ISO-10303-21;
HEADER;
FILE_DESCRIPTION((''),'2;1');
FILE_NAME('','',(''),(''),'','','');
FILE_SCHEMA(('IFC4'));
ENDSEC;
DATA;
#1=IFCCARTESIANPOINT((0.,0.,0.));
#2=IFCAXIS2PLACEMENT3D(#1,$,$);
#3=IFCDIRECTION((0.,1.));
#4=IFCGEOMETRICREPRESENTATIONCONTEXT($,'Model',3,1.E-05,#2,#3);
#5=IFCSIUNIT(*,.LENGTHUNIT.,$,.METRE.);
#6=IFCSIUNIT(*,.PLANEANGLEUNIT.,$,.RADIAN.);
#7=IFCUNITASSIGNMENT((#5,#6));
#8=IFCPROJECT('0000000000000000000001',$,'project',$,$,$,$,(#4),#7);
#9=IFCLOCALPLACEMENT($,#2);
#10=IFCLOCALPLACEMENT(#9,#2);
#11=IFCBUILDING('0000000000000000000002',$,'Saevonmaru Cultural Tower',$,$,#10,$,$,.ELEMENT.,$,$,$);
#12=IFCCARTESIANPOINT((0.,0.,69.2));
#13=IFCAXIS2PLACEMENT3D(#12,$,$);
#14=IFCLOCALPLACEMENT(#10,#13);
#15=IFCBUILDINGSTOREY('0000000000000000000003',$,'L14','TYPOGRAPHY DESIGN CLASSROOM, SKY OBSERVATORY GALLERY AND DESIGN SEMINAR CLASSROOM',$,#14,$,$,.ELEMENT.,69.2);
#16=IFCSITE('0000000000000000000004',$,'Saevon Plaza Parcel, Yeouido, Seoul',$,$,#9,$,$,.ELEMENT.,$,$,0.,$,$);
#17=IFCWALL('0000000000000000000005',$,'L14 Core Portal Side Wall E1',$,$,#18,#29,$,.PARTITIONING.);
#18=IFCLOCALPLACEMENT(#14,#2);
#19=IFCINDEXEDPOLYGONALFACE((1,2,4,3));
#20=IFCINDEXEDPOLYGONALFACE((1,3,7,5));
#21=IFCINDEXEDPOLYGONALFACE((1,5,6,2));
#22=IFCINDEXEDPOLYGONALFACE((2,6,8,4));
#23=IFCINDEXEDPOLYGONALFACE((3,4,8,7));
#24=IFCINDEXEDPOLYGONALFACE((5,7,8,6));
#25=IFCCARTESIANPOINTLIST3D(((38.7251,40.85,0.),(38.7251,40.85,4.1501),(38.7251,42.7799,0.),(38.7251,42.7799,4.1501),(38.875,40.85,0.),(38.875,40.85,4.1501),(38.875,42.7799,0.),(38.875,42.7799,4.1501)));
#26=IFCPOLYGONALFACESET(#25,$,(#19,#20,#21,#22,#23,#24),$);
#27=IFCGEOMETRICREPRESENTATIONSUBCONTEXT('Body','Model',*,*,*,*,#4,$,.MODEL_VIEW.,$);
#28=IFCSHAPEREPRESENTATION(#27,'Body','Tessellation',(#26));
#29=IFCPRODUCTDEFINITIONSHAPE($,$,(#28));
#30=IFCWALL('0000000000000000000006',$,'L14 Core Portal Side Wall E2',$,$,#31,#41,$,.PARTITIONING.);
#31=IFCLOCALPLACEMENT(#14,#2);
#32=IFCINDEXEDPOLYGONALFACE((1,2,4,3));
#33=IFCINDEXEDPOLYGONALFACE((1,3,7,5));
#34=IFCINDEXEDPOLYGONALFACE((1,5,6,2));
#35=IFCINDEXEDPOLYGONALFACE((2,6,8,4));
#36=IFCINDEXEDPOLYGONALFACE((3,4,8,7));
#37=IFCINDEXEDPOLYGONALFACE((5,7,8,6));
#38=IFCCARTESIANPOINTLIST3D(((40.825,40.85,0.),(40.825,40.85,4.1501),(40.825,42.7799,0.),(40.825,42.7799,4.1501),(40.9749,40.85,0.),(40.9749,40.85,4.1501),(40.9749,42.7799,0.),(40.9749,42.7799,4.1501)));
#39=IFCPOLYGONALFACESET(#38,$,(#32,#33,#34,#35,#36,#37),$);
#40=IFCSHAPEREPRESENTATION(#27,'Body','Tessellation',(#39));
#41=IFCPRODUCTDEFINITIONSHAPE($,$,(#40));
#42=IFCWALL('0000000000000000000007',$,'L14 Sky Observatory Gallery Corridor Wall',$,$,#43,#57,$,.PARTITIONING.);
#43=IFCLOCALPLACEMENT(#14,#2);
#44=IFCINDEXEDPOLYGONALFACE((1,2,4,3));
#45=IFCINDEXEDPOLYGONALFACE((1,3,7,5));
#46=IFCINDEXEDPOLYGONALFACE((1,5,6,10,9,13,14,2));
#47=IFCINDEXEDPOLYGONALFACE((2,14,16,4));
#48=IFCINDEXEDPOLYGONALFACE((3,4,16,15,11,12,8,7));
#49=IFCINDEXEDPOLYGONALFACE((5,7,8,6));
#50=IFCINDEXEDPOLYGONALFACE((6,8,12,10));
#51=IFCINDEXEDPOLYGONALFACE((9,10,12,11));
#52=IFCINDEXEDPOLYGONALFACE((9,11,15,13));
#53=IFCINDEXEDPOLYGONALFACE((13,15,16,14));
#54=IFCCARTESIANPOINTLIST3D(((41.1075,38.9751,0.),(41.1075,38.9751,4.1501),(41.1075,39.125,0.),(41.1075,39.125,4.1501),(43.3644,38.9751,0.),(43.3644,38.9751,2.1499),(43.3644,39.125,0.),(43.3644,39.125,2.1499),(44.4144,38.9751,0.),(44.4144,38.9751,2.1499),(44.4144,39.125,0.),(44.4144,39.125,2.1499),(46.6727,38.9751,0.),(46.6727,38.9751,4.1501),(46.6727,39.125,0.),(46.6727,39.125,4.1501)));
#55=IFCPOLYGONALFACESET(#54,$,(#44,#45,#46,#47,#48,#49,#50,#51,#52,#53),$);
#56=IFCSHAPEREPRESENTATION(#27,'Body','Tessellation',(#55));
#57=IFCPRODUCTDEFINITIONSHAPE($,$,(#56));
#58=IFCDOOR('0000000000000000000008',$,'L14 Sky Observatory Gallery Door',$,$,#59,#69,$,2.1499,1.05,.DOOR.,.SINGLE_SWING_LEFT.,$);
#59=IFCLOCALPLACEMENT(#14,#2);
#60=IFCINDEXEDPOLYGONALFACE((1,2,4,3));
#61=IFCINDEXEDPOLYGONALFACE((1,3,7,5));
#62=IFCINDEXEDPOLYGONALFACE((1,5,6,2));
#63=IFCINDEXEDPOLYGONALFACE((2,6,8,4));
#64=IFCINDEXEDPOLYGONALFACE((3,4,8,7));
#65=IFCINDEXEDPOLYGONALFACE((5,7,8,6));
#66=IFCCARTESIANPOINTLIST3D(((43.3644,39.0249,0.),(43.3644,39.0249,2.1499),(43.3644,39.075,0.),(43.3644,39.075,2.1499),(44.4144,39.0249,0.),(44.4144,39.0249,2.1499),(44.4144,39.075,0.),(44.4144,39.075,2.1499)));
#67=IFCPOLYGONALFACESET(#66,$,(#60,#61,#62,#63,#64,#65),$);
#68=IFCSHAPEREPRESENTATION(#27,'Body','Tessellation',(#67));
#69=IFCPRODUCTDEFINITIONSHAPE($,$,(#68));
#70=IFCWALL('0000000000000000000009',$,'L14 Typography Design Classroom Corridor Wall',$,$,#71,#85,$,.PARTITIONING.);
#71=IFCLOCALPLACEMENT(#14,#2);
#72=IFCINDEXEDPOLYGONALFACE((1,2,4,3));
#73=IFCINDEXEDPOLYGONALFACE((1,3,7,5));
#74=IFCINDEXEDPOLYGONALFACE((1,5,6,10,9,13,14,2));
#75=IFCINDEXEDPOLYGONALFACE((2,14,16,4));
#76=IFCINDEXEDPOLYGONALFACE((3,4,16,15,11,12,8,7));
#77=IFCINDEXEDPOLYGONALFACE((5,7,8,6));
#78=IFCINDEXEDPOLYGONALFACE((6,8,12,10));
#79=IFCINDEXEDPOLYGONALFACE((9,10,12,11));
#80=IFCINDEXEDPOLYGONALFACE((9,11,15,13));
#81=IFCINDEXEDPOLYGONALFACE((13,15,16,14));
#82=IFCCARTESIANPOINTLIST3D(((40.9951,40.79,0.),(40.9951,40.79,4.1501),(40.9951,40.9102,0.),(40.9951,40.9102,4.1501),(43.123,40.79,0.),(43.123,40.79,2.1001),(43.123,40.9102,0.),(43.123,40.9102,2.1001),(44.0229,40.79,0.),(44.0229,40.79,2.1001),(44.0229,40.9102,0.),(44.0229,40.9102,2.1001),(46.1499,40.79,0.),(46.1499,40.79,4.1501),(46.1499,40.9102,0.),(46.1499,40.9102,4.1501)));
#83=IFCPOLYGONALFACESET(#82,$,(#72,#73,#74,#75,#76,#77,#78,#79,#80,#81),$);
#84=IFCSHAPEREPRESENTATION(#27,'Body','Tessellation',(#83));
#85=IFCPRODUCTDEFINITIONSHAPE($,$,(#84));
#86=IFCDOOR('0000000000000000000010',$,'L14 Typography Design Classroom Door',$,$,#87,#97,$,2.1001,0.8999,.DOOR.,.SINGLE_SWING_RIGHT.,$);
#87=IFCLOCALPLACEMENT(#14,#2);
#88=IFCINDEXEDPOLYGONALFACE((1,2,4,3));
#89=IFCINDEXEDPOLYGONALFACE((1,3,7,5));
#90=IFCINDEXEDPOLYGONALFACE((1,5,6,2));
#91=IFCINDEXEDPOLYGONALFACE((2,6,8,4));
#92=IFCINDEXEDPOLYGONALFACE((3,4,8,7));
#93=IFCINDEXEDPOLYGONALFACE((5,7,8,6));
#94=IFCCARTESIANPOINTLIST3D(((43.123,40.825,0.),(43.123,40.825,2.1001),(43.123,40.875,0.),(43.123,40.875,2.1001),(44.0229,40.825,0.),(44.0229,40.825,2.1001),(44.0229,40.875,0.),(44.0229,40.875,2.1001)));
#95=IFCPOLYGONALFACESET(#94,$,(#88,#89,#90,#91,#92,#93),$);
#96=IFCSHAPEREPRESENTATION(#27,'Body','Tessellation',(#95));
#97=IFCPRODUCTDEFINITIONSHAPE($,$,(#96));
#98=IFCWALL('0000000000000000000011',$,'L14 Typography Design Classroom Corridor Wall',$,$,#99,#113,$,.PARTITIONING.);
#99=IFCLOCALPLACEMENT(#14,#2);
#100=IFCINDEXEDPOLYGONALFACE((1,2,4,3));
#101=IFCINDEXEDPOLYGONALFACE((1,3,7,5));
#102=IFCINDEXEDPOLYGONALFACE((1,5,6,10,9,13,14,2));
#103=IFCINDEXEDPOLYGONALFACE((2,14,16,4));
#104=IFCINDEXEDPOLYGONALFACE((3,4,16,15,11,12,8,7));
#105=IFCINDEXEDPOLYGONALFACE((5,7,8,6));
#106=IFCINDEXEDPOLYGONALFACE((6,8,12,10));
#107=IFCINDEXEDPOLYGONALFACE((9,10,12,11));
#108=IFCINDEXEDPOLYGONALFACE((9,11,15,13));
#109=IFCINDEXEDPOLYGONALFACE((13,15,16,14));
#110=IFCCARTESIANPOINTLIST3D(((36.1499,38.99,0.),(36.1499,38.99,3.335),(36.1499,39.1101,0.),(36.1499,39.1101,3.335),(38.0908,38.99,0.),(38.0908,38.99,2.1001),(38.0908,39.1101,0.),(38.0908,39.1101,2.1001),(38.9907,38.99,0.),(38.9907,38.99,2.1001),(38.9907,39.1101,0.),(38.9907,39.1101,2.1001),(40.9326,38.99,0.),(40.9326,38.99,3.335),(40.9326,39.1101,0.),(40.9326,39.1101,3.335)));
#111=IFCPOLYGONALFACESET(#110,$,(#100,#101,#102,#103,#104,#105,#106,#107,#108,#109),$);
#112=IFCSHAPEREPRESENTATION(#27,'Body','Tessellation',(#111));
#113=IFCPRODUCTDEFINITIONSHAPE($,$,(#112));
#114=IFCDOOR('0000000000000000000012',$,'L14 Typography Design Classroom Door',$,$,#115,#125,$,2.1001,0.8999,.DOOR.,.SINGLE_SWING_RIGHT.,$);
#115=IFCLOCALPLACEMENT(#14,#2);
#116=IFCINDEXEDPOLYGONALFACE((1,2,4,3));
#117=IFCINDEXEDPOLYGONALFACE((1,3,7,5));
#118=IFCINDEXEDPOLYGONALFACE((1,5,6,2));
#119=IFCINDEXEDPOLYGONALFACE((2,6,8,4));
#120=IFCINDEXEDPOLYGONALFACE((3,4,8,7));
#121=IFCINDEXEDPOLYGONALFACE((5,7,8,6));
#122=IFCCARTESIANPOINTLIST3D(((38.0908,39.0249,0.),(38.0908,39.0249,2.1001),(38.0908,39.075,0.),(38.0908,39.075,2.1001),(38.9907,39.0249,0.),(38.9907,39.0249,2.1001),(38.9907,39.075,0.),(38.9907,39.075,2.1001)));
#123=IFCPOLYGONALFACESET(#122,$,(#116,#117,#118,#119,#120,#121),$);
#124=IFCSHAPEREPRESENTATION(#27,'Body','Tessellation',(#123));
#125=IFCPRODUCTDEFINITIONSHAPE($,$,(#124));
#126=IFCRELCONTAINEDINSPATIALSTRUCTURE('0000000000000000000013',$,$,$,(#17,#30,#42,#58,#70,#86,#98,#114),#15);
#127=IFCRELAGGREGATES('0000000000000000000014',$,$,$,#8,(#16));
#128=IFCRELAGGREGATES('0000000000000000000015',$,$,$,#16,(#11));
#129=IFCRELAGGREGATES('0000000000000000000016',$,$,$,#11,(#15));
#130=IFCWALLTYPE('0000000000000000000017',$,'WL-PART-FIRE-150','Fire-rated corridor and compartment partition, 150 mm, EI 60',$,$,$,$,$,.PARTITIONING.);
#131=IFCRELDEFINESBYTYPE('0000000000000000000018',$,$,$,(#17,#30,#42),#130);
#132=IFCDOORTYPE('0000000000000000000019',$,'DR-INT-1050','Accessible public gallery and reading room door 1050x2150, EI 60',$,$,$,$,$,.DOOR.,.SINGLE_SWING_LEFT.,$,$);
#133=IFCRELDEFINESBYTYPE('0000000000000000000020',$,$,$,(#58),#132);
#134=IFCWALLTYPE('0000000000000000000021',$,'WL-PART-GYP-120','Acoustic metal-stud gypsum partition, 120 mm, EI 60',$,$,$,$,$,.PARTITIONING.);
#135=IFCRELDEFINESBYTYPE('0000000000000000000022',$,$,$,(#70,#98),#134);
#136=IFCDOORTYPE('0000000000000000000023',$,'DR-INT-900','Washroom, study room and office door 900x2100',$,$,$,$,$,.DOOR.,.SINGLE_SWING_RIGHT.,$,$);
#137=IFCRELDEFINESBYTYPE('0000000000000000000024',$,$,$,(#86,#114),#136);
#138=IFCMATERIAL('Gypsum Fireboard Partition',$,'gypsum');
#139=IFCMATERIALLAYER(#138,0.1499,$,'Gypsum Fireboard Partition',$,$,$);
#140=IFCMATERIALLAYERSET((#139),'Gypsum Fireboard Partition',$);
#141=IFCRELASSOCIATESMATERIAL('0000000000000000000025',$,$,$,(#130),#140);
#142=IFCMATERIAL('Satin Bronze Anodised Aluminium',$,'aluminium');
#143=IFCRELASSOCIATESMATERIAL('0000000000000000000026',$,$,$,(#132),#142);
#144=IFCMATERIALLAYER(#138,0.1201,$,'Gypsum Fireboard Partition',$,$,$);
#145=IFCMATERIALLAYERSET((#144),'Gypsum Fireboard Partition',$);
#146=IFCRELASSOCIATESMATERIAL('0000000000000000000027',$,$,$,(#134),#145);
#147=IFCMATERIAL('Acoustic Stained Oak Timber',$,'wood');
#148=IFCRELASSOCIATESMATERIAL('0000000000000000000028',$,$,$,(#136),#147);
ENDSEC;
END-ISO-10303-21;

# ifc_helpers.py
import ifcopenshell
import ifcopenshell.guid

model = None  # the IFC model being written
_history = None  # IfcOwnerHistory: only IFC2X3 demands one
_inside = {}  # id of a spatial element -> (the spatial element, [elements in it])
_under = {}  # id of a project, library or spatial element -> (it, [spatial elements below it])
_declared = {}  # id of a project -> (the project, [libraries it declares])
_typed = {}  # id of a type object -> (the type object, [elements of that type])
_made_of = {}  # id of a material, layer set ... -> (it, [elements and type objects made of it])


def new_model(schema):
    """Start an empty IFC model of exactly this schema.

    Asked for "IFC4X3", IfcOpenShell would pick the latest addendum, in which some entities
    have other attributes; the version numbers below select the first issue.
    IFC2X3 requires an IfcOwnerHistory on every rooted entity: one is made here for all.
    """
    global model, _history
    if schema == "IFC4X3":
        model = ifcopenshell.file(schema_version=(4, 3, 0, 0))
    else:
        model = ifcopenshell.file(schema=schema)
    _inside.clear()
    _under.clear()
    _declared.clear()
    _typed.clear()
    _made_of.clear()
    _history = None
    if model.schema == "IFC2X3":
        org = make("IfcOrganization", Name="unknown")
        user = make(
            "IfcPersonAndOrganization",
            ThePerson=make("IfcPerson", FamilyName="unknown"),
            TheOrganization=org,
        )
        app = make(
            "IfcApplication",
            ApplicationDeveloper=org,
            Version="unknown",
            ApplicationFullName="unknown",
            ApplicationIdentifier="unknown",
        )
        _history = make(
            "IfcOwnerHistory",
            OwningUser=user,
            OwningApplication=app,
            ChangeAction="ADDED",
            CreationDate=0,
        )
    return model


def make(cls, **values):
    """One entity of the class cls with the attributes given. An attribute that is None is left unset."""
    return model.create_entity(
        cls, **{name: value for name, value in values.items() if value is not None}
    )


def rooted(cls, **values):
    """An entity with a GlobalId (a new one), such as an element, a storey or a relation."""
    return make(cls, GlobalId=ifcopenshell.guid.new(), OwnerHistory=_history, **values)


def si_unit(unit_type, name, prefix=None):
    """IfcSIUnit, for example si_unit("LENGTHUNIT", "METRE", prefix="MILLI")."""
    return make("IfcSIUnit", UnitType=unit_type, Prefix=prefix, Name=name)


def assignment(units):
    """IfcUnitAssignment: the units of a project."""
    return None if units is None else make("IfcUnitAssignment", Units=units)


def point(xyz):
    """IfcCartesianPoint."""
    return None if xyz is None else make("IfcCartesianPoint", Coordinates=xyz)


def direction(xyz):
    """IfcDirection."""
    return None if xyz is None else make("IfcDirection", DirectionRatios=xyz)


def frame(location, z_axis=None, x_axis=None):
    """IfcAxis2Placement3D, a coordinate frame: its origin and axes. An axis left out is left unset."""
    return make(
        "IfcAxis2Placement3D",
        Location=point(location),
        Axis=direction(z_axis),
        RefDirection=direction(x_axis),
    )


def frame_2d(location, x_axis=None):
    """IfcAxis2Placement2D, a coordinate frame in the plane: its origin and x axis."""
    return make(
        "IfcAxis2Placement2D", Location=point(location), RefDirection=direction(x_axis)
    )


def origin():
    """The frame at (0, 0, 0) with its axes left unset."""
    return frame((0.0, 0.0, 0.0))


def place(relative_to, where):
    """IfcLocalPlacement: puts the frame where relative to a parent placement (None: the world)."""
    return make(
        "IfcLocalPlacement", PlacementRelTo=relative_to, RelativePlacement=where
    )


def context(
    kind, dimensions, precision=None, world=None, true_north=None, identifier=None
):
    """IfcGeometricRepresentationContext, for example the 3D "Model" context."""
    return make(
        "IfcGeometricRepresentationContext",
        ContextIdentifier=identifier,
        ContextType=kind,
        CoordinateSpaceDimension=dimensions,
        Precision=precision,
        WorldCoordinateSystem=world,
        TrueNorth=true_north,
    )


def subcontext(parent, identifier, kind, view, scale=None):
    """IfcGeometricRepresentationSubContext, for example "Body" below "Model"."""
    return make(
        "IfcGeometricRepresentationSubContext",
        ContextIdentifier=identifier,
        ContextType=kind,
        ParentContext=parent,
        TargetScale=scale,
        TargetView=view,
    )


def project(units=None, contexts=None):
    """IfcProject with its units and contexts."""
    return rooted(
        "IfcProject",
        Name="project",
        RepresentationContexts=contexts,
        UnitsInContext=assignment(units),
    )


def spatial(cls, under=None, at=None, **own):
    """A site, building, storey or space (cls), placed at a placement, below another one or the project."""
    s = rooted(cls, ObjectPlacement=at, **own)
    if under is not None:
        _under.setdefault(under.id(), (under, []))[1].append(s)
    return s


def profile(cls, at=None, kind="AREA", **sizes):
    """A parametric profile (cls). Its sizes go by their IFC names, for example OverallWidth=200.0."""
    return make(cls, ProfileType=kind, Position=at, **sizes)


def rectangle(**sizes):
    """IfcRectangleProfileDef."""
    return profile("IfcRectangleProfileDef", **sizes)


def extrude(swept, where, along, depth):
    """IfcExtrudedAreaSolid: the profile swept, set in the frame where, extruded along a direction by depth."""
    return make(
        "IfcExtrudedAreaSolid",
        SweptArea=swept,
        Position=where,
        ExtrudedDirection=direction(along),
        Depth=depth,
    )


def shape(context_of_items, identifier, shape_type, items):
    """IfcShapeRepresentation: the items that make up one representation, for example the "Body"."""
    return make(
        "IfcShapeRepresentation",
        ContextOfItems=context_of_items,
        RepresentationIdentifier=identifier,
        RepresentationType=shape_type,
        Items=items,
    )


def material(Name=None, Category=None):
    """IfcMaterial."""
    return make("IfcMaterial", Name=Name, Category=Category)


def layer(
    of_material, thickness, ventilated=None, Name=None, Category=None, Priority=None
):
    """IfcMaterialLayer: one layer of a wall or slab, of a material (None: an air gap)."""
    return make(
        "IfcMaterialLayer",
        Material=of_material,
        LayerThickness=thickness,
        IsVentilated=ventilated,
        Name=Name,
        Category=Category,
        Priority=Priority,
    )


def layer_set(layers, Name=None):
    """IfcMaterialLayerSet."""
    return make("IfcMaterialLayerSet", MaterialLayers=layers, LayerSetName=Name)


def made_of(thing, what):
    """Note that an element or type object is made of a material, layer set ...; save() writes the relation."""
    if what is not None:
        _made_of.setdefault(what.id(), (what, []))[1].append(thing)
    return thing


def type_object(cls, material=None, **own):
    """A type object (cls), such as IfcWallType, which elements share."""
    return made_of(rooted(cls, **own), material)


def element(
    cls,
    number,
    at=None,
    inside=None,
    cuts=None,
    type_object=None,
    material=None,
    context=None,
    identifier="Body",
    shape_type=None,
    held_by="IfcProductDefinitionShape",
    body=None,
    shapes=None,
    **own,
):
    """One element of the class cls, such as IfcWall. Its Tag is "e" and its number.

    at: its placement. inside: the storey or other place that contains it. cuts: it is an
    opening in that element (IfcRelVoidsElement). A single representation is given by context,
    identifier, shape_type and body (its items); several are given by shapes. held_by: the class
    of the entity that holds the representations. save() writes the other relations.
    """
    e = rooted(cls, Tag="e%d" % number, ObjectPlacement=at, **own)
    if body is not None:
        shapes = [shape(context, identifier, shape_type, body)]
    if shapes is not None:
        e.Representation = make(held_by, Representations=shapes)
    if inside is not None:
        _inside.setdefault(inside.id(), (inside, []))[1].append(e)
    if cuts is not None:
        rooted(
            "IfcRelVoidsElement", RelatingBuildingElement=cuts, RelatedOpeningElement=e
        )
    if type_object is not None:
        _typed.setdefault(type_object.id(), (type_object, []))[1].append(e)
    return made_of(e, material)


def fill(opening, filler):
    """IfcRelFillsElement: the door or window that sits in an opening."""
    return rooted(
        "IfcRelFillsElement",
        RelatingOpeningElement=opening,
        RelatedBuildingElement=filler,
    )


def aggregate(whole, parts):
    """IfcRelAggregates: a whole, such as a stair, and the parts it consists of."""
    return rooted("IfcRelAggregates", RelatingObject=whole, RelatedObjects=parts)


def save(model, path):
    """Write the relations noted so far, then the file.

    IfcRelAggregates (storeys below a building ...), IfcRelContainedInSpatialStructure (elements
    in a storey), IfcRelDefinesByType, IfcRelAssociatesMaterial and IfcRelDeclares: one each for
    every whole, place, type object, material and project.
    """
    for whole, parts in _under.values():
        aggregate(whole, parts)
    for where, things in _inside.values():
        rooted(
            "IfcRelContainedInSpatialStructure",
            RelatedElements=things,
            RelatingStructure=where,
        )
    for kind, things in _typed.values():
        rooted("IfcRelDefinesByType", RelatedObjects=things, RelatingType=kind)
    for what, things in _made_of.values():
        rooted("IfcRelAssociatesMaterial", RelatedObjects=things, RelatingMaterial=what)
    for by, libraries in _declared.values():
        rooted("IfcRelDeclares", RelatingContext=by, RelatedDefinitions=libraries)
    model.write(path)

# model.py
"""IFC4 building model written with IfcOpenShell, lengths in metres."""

from ifc_helpers import new_model, si_unit, direction, frame, frame_2d, origin, place, context, subcontext, project, spatial, rectangle, extrude, material, layer, layer_set, type_object, element, fill, save


model = new_model("IFC4")

# Units and contexts
model_context = context("Model", 3, precision=1e-05, world=origin(), true_north=direction((0.0, 1.0)))
body_context = subcontext(model_context, "Body", "Model", "MODEL_VIEW")
ifc_project = project(units=[si_unit("LENGTHUNIT", "METRE"), si_unit("PLANEANGLEUNIT", "RADIAN")], contexts=[model_context])

# Site, building, storey
site_placement = place(None, origin())
site = spatial("IfcSite", under=ifc_project, at=site_placement, Name="Saevon Plaza Parcel, Yeouido, Seoul", CompositionType="ELEMENT", RefElevation=0.0)
building_placement = place(site_placement, origin())
building = spatial("IfcBuilding", under=site, at=building_placement, Name="Saevonmaru Cultural Tower", CompositionType="ELEMENT")
storey_placement = place(building_placement, frame((0.0, 0.0, 69.2)))
storey = spatial("IfcBuildingStorey", under=building, at=storey_placement, Name="L14", Description="TYPOGRAPHY DESIGN CLASSROOM, SKY OBSERVATORY GALLERY AND DESIGN SEMINAR CLASSROOM", CompositionType="ELEMENT", Elevation=69.2)

# Shared definitions
ifc_material_1 = material(Name="Satin Bronze Anodised Aluminium", Category="aluminium")

# Walls
ifc_material_2 = material(Name="Gypsum Fireboard Partition", Category="gypsum")
ifc_layer_1 = layer(ifc_material_2, 0.1499, Name="Gypsum Fireboard Partition")
ifc_layer_set_1 = layer_set([ifc_layer_1], Name="Gypsum Fireboard Partition")
wall_type_1 = type_object("IfcWallType", Name="WL-PART-FIRE-150", Description="Fire-rated corridor and compartment partition, 150 mm, EI 60", PredefinedType="PARTITIONING", material=ifc_layer_set_1)
for number, where, z_axis, x_axis, name in (
    (1, (38.8, 40.8501, 0.0), (0.0, 0.0, 1.0), (0.0, 1.0, 0.0), "L14 Core Portal Side Wall E1"),
    (2, (40.8999, 40.8501, 0.0), (0.0, 0.0, 1.0), (0.0, 1.0, 0.0), "L14 Core Portal Side Wall E2"),
):
    element("IfcWall", number, at=place(storey_placement, frame(where, z_axis=z_axis, x_axis=x_axis)), inside=storey, type_object=wall_type_1, Name=name, PredefinedType="PARTITIONING", context=body_context, shape_type="SweptSolid", body=[
        extrude(rectangle(XDim=1.9299, YDim=0.1499, at=frame_2d((0.9648, 0.0))), origin(), (0.0, 0.0, 1.0), 4.1501),
    ])

# Walls, openings, doors
wall_1_placement = place(storey_placement, frame((41.1074, 39.05, 0.0), z_axis=(0.0, 0.0, 1.0), x_axis=(1.0, 0.0, 0.0)))
wall_1 = element("IfcWall", 3, at=wall_1_placement, inside=storey, type_object=wall_type_1, Name="L14 Sky Observatory Gallery Corridor Wall", PredefinedType="PARTITIONING", context=body_context, shape_type="SweptSolid", body=[
    extrude(rectangle(XDim=5.5652, YDim=0.1499, at=frame_2d((2.7827, 0.0))), origin(), (0.0, 0.0, 1.0), 4.1501),
])
opening_1_placement = place(wall_1_placement, frame((2.2571, 0.0, 0.0)))
opening_1 = element("IfcOpeningElement", 4, at=opening_1_placement, cuts=wall_1, PredefinedType="OPENING", context=body_context, shape_type="SweptSolid", body=[
    extrude(rectangle(XDim=1.05, YDim=2.1499, at=frame_2d((0.5249, 1.075))), frame((0.0, 0.085, 0.0), z_axis=(0.0, -1.0, 0.0), x_axis=(1.0, 0.0, 0.0)), (0.0, 0.0, 1.0), 0.1699),
])
door_type_1 = type_object("IfcDoorType", Name="DR-INT-1050", Description="Accessible public gallery and reading room door 1050x2150, EI 60", OperationType="SINGLE_SWING_LEFT", PredefinedType="DOOR", material=ifc_material_1)
door_1_placement = place(opening_1_placement, origin())
door_1 = element("IfcDoor", 5, at=door_1_placement, inside=storey, type_object=door_type_1, Name="L14 Sky Observatory Gallery Door", OperationType="SINGLE_SWING_LEFT", OverallHeight=2.1499, OverallWidth=1.05, PredefinedType="DOOR", context=body_context, shape_type="SweptSolid", body=[
    extrude(rectangle(XDim=1.05, YDim=2.1499, at=frame_2d((0.5249, 1.075))), frame((0.0, 0.0249, 0.0), z_axis=(0.0, -1.0, 0.0), x_axis=(1.0, 0.0, 0.0)), (0.0, 0.0, 1.0), 0.05),
])
fill(opening_1, door_1)
ifc_layer_2 = layer(ifc_material_2, 0.1201, Name="Gypsum Fireboard Partition")
ifc_layer_set_2 = layer_set([ifc_layer_2], Name="Gypsum Fireboard Partition")
wall_type_2 = type_object("IfcWallType", Name="WL-PART-GYP-120", Description="Acoustic metal-stud gypsum partition, 120 mm, EI 60", PredefinedType="PARTITIONING", material=ifc_layer_set_2)
wall_2_placement = place(storey_placement, frame((40.9951, 40.8501, 0.0), z_axis=(0.0, 0.0, 1.0), x_axis=(1.0, 0.0, 0.0)))
wall_2 = element("IfcWall", 6, at=wall_2_placement, inside=storey, type_object=wall_type_2, Name="L14 Typography Design Classroom Corridor Wall", PredefinedType="PARTITIONING", context=body_context, shape_type="SweptSolid", body=[
    extrude(rectangle(XDim=5.1548, YDim=0.1201, at=frame_2d((2.5774, 0.0))), origin(), (0.0, 0.0, 1.0), 4.1501),
])
opening_2_placement = place(wall_2_placement, frame((2.1279, 0.0, 0.0)))
opening_2 = element("IfcOpeningElement", 7, at=opening_2_placement, cuts=wall_2, PredefinedType="OPENING", context=body_context, shape_type="SweptSolid", body=[
    extrude(rectangle(XDim=0.8999, YDim=2.1001, at=frame_2d((0.45, 1.05))), frame((0.0, 0.0701, 0.0), z_axis=(0.0, -1.0, 0.0), x_axis=(1.0, 0.0, 0.0)), (0.0, 0.0, 1.0), 0.1401),
])
ifc_material_3 = material(Name="Acoustic Stained Oak Timber", Category="wood")
door_type_2 = type_object("IfcDoorType", Name="DR-INT-900", Description="Washroom, study room and office door 900x2100", OperationType="SINGLE_SWING_RIGHT", PredefinedType="DOOR", material=ifc_material_3)
door_2_placement = place(opening_2_placement, origin())
door_2 = element("IfcDoor", 8, at=door_2_placement, inside=storey, type_object=door_type_2, Name="L14 Typography Design Classroom Door", OperationType="SINGLE_SWING_RIGHT", OverallHeight=2.1001, OverallWidth=0.8999, PredefinedType="DOOR", context=body_context, shape_type="SweptSolid", body=[
    extrude(rectangle(XDim=0.8999, YDim=2.1001, at=frame_2d((0.45, 1.05))), frame((0.0, 0.0249, 0.0), z_axis=(0.0, -1.0, 0.0), x_axis=(1.0, 0.0, 0.0)), (0.0, 0.0, 1.0), 0.05),
])
fill(opening_2, door_2)
wall_3_placement = place(storey_placement, frame((36.1499, 39.05, 0.0), z_axis=(0.0, 0.0, 1.0), x_axis=(1.0, 0.0, 0.0)))
wall_3 = element("IfcWall", 9, at=wall_3_placement, inside=storey, type_object=wall_type_2, Name="L14 Typography Design Classroom Corridor Wall", PredefinedType="PARTITIONING", context=body_context, shape_type="SweptSolid", body=[
    extrude(rectangle(XDim=4.7827, YDim=0.1201, at=frame_2d((2.3914, 0.0))), origin(), (0.0, 0.0, 1.0), 3.335),
])
opening_3_placement = place(wall_3_placement, frame((1.9409, 0.0, 0.0)))
opening_3 = element("IfcOpeningElement", 10, at=opening_3_placement, cuts=wall_3, PredefinedType="OPENING", context=body_context, shape_type="SweptSolid", body=[
    extrude(rectangle(XDim=0.8999, YDim=2.1001, at=frame_2d((0.45, 1.05))), frame((0.0, 0.0701, 0.0), z_axis=(0.0, -1.0, 0.0), x_axis=(1.0, 0.0, 0.0)), (0.0, 0.0, 1.0), 0.1401),
])
door_3_placement = place(opening_3_placement, origin())
door_3 = element("IfcDoor", 11, at=door_3_placement, inside=storey, type_object=door_type_2, Name="L14 Typography Design Classroom Door", OperationType="SINGLE_SWING_RIGHT", OverallHeight=2.1001, OverallWidth=0.8999, PredefinedType="DOOR", context=body_context, shape_type="SweptSolid", body=[
    extrude(rectangle(XDim=0.8999, YDim=2.1001, at=frame_2d((0.45, 1.05))), frame((0.0, 0.0249, 0.0), z_axis=(0.0, -1.0, 0.0), x_axis=(1.0, 0.0, 0.0)), (0.0, 0.0, 1.0), 0.05),
])
fill(opening_3, door_3)

save(model, "model.ifc")
